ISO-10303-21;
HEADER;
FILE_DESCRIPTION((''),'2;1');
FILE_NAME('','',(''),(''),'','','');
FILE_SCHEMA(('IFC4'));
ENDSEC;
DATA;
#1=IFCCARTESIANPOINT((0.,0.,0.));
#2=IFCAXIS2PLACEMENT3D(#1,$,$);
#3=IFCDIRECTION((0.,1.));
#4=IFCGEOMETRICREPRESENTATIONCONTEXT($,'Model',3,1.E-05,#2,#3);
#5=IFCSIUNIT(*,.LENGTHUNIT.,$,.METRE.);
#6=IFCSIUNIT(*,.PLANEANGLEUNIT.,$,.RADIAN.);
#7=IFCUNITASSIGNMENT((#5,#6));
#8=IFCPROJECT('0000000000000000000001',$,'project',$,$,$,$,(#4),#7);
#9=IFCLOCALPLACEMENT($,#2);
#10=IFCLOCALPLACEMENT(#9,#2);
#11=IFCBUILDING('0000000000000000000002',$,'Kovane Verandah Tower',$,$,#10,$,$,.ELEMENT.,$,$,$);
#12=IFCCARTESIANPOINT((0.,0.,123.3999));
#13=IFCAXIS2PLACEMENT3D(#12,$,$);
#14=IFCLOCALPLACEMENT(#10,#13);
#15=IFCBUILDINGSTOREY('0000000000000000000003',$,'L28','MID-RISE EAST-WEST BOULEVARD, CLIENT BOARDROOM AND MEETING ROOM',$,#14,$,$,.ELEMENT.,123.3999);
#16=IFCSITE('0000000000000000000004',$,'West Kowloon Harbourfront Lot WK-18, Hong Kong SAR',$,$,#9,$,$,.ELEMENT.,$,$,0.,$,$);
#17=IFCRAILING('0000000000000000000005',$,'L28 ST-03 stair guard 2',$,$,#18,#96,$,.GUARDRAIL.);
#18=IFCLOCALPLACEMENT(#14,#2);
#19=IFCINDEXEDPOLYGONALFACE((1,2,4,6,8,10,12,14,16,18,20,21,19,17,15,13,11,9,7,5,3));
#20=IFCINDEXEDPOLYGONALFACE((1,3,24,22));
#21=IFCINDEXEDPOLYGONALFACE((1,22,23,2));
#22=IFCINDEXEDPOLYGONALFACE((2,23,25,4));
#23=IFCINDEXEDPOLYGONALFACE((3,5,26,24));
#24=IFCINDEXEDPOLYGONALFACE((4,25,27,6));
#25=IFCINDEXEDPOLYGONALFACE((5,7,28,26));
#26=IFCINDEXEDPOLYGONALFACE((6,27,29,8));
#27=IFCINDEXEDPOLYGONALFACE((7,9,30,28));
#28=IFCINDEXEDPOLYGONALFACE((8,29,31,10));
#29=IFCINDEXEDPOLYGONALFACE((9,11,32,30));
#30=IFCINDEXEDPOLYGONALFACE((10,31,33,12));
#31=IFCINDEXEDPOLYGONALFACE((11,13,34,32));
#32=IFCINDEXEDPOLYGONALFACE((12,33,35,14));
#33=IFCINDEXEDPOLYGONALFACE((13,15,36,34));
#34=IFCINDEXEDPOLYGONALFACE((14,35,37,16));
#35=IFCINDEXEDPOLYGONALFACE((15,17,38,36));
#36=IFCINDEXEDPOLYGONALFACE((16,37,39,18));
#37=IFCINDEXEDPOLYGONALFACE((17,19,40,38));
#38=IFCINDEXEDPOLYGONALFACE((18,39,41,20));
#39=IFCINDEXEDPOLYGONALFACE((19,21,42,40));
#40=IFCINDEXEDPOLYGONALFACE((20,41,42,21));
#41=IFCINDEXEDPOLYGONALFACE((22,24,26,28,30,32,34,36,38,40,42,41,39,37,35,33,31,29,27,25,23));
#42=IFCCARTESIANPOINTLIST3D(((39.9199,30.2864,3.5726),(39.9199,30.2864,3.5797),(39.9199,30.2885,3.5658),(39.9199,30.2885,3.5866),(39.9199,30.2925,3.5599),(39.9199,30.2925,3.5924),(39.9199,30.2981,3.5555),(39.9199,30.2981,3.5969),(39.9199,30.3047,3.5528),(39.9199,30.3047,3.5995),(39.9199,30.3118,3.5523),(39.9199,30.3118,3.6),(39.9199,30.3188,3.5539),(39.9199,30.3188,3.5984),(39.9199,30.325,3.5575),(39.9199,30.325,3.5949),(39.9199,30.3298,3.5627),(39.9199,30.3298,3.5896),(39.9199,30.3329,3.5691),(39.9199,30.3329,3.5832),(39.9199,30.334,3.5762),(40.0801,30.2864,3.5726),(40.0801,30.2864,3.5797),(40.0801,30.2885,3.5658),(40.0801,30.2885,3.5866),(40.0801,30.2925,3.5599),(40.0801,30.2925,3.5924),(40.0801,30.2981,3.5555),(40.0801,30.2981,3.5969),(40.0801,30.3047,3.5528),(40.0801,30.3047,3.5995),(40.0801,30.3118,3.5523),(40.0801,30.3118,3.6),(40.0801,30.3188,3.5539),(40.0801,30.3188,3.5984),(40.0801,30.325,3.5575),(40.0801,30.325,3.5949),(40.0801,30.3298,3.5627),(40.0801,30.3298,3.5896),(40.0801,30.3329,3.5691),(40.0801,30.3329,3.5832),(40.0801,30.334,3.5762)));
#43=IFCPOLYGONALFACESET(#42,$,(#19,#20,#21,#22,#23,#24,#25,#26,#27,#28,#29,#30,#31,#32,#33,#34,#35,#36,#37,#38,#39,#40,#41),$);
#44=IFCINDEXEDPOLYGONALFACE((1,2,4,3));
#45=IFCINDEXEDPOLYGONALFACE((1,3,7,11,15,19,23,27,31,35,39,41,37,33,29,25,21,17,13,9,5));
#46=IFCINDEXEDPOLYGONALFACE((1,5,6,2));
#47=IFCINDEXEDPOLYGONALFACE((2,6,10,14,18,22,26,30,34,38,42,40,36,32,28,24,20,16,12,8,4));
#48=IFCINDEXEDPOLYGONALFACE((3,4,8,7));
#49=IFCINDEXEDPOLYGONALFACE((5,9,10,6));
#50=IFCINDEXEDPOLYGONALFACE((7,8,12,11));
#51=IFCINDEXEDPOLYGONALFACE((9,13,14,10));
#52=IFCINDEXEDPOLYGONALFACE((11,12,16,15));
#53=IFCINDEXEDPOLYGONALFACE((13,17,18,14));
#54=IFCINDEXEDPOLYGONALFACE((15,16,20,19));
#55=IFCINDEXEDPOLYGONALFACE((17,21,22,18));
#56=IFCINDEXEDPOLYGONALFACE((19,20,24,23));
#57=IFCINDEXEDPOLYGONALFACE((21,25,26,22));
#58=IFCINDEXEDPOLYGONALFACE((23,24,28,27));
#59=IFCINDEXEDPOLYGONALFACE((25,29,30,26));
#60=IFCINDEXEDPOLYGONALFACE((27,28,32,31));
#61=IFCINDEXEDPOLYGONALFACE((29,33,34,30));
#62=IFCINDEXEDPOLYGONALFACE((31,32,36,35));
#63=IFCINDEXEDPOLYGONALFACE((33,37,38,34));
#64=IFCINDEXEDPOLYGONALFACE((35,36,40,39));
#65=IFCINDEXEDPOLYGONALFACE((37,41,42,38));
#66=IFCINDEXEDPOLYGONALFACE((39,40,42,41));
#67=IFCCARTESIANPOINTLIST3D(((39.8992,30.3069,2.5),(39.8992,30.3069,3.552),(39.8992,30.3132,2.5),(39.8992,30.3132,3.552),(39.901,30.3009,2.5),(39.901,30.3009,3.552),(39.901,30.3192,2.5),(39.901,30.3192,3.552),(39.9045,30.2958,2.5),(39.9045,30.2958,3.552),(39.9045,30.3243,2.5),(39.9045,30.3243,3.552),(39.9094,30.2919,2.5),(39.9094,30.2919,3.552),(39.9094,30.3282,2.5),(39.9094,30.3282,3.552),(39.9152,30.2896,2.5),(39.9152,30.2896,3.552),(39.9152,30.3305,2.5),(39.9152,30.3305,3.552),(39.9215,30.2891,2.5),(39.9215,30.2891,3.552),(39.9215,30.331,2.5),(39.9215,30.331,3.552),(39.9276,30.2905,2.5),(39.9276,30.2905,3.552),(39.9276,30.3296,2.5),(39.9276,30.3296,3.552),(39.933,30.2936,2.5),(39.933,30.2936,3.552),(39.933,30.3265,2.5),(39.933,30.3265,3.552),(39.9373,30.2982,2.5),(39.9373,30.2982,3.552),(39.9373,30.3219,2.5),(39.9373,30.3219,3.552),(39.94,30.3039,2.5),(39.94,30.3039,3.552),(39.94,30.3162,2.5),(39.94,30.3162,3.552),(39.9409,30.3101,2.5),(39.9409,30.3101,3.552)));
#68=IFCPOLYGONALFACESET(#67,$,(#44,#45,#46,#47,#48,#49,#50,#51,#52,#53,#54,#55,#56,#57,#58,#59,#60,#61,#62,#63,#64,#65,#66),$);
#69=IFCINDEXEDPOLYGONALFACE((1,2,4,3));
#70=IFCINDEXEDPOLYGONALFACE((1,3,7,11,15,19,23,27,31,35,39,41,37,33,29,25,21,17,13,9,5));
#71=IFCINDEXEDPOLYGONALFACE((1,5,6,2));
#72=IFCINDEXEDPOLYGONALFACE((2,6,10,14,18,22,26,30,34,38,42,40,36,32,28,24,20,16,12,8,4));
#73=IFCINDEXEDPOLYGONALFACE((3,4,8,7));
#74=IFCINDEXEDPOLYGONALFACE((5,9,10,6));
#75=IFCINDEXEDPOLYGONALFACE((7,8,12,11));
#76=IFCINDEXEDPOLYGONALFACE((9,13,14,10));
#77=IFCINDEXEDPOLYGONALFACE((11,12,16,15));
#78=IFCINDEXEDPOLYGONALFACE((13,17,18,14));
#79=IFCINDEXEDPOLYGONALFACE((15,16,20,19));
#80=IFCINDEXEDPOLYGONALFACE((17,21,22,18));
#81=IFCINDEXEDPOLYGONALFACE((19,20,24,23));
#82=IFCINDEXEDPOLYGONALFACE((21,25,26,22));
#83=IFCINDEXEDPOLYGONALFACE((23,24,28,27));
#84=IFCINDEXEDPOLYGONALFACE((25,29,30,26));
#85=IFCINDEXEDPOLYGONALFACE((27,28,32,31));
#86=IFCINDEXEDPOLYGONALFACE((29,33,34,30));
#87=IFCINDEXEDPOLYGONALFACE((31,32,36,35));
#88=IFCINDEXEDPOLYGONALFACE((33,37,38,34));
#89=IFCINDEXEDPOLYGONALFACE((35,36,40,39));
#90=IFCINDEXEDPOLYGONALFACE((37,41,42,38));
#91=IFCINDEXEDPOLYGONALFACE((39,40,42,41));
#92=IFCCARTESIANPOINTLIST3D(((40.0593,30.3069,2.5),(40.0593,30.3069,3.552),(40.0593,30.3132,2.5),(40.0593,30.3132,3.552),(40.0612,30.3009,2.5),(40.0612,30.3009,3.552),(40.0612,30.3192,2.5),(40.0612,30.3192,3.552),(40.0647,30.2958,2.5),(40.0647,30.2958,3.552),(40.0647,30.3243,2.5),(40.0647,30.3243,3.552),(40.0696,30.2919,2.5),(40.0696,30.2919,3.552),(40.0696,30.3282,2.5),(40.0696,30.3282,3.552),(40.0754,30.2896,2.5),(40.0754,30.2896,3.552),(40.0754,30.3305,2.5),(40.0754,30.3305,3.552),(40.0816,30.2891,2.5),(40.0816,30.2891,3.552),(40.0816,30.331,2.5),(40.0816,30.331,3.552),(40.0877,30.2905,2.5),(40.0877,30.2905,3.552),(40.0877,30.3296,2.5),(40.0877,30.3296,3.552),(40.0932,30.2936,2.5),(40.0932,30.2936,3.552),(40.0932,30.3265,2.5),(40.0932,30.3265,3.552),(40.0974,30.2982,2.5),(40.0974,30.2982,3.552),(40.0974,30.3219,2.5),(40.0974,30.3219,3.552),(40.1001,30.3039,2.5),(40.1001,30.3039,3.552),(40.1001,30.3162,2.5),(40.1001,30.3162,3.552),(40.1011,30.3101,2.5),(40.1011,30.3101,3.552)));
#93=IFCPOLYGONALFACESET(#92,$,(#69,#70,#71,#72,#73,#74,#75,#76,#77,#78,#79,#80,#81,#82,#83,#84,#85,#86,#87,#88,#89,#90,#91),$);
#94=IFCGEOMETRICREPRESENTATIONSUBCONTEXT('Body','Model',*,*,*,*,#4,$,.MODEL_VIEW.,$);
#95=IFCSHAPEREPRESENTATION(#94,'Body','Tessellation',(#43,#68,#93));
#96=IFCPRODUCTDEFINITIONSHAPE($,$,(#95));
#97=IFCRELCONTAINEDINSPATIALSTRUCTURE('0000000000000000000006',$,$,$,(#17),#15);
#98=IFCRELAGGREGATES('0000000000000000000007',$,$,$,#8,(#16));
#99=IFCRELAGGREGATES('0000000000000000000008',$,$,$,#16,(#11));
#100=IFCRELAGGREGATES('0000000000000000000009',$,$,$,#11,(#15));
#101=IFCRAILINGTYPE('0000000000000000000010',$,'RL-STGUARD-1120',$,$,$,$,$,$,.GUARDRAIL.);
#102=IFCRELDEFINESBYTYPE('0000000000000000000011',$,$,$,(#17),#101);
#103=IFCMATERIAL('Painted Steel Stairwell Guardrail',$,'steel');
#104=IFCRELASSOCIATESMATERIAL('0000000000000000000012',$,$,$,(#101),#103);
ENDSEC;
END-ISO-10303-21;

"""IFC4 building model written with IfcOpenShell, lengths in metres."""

from ifc_helpers import new_model, si_unit, direction, frame, origin, origin_2d, place, context, subcontext, project, spatial, circle, extrude, material, type_object, element, save


model = new_model("IFC4")

# Units and contexts
model_context = context("Model", 3, precision=1e-05, world=origin(), true_north=direction((0.0, 1.0)))
body_context = subcontext(model_context, "Body", "Model", "MODEL_VIEW")
ifc_project = project(units=[si_unit("LENGTHUNIT", "METRE"), si_unit("PLANEANGLEUNIT", "RADIAN")], contexts=[model_context])

# Site, building, storey
site_placement = place(None, origin())
site = spatial("IfcSite", under=ifc_project, at=site_placement, Name="West Kowloon Harbourfront Lot WK-18, Hong Kong SAR", CompositionType="ELEMENT", RefElevation=0.0)
building_placement = place(site_placement, origin())
building = spatial("IfcBuilding", under=site, at=building_placement, Name="Kovane Verandah Tower", CompositionType="ELEMENT")
storey_placement = place(building_placement, frame((0.0, 0.0, 123.3999)))
storey = spatial("IfcBuildingStorey", under=building, at=storey_placement, Name="L28", Description="MID-RISE EAST-WEST BOULEVARD, CLIENT BOARDROOM AND MEETING ROOM", CompositionType="ELEMENT", Elevation=123.3999)

# Railing
ifc_material_1 = material(Name="Painted Steel Stairwell Guardrail", Category="steel")
railing_type = type_object("IfcRailingType", Name="RL-STGUARD-1120", PredefinedType="GUARDRAIL", material=ifc_material_1)
railing_1_placement = place(storey_placement, frame((39.9199, 30.3101, 2.5)))
element("IfcRailing", 1, at=railing_1_placement, inside=storey, type_object=railing_type, Name="L28 ST-03 stair guard 2", PredefinedType="GUARDRAIL", context=body_context, shape_type="SweptSolid", body=[
    extrude(circle(Radius=0.0239, at=origin_2d()), frame((0.0, 0.0, 1.0762), z_axis=(1.0, 0.0, 0.0), x_axis=(0.0, 1.0, 0.0)), (0.0, 0.0, 1.0), 0.1602),
    extrude(circle(Radius=0.021, at=origin_2d()), origin(), (0.0, 0.0, 1.0), 1.052),
    extrude(circle(Radius=0.021, at=origin_2d()), frame((0.1602, 0.0, 0.0)), (0.0, 0.0, 1.0), 1.052),
])

save(model, "model.ifc")
